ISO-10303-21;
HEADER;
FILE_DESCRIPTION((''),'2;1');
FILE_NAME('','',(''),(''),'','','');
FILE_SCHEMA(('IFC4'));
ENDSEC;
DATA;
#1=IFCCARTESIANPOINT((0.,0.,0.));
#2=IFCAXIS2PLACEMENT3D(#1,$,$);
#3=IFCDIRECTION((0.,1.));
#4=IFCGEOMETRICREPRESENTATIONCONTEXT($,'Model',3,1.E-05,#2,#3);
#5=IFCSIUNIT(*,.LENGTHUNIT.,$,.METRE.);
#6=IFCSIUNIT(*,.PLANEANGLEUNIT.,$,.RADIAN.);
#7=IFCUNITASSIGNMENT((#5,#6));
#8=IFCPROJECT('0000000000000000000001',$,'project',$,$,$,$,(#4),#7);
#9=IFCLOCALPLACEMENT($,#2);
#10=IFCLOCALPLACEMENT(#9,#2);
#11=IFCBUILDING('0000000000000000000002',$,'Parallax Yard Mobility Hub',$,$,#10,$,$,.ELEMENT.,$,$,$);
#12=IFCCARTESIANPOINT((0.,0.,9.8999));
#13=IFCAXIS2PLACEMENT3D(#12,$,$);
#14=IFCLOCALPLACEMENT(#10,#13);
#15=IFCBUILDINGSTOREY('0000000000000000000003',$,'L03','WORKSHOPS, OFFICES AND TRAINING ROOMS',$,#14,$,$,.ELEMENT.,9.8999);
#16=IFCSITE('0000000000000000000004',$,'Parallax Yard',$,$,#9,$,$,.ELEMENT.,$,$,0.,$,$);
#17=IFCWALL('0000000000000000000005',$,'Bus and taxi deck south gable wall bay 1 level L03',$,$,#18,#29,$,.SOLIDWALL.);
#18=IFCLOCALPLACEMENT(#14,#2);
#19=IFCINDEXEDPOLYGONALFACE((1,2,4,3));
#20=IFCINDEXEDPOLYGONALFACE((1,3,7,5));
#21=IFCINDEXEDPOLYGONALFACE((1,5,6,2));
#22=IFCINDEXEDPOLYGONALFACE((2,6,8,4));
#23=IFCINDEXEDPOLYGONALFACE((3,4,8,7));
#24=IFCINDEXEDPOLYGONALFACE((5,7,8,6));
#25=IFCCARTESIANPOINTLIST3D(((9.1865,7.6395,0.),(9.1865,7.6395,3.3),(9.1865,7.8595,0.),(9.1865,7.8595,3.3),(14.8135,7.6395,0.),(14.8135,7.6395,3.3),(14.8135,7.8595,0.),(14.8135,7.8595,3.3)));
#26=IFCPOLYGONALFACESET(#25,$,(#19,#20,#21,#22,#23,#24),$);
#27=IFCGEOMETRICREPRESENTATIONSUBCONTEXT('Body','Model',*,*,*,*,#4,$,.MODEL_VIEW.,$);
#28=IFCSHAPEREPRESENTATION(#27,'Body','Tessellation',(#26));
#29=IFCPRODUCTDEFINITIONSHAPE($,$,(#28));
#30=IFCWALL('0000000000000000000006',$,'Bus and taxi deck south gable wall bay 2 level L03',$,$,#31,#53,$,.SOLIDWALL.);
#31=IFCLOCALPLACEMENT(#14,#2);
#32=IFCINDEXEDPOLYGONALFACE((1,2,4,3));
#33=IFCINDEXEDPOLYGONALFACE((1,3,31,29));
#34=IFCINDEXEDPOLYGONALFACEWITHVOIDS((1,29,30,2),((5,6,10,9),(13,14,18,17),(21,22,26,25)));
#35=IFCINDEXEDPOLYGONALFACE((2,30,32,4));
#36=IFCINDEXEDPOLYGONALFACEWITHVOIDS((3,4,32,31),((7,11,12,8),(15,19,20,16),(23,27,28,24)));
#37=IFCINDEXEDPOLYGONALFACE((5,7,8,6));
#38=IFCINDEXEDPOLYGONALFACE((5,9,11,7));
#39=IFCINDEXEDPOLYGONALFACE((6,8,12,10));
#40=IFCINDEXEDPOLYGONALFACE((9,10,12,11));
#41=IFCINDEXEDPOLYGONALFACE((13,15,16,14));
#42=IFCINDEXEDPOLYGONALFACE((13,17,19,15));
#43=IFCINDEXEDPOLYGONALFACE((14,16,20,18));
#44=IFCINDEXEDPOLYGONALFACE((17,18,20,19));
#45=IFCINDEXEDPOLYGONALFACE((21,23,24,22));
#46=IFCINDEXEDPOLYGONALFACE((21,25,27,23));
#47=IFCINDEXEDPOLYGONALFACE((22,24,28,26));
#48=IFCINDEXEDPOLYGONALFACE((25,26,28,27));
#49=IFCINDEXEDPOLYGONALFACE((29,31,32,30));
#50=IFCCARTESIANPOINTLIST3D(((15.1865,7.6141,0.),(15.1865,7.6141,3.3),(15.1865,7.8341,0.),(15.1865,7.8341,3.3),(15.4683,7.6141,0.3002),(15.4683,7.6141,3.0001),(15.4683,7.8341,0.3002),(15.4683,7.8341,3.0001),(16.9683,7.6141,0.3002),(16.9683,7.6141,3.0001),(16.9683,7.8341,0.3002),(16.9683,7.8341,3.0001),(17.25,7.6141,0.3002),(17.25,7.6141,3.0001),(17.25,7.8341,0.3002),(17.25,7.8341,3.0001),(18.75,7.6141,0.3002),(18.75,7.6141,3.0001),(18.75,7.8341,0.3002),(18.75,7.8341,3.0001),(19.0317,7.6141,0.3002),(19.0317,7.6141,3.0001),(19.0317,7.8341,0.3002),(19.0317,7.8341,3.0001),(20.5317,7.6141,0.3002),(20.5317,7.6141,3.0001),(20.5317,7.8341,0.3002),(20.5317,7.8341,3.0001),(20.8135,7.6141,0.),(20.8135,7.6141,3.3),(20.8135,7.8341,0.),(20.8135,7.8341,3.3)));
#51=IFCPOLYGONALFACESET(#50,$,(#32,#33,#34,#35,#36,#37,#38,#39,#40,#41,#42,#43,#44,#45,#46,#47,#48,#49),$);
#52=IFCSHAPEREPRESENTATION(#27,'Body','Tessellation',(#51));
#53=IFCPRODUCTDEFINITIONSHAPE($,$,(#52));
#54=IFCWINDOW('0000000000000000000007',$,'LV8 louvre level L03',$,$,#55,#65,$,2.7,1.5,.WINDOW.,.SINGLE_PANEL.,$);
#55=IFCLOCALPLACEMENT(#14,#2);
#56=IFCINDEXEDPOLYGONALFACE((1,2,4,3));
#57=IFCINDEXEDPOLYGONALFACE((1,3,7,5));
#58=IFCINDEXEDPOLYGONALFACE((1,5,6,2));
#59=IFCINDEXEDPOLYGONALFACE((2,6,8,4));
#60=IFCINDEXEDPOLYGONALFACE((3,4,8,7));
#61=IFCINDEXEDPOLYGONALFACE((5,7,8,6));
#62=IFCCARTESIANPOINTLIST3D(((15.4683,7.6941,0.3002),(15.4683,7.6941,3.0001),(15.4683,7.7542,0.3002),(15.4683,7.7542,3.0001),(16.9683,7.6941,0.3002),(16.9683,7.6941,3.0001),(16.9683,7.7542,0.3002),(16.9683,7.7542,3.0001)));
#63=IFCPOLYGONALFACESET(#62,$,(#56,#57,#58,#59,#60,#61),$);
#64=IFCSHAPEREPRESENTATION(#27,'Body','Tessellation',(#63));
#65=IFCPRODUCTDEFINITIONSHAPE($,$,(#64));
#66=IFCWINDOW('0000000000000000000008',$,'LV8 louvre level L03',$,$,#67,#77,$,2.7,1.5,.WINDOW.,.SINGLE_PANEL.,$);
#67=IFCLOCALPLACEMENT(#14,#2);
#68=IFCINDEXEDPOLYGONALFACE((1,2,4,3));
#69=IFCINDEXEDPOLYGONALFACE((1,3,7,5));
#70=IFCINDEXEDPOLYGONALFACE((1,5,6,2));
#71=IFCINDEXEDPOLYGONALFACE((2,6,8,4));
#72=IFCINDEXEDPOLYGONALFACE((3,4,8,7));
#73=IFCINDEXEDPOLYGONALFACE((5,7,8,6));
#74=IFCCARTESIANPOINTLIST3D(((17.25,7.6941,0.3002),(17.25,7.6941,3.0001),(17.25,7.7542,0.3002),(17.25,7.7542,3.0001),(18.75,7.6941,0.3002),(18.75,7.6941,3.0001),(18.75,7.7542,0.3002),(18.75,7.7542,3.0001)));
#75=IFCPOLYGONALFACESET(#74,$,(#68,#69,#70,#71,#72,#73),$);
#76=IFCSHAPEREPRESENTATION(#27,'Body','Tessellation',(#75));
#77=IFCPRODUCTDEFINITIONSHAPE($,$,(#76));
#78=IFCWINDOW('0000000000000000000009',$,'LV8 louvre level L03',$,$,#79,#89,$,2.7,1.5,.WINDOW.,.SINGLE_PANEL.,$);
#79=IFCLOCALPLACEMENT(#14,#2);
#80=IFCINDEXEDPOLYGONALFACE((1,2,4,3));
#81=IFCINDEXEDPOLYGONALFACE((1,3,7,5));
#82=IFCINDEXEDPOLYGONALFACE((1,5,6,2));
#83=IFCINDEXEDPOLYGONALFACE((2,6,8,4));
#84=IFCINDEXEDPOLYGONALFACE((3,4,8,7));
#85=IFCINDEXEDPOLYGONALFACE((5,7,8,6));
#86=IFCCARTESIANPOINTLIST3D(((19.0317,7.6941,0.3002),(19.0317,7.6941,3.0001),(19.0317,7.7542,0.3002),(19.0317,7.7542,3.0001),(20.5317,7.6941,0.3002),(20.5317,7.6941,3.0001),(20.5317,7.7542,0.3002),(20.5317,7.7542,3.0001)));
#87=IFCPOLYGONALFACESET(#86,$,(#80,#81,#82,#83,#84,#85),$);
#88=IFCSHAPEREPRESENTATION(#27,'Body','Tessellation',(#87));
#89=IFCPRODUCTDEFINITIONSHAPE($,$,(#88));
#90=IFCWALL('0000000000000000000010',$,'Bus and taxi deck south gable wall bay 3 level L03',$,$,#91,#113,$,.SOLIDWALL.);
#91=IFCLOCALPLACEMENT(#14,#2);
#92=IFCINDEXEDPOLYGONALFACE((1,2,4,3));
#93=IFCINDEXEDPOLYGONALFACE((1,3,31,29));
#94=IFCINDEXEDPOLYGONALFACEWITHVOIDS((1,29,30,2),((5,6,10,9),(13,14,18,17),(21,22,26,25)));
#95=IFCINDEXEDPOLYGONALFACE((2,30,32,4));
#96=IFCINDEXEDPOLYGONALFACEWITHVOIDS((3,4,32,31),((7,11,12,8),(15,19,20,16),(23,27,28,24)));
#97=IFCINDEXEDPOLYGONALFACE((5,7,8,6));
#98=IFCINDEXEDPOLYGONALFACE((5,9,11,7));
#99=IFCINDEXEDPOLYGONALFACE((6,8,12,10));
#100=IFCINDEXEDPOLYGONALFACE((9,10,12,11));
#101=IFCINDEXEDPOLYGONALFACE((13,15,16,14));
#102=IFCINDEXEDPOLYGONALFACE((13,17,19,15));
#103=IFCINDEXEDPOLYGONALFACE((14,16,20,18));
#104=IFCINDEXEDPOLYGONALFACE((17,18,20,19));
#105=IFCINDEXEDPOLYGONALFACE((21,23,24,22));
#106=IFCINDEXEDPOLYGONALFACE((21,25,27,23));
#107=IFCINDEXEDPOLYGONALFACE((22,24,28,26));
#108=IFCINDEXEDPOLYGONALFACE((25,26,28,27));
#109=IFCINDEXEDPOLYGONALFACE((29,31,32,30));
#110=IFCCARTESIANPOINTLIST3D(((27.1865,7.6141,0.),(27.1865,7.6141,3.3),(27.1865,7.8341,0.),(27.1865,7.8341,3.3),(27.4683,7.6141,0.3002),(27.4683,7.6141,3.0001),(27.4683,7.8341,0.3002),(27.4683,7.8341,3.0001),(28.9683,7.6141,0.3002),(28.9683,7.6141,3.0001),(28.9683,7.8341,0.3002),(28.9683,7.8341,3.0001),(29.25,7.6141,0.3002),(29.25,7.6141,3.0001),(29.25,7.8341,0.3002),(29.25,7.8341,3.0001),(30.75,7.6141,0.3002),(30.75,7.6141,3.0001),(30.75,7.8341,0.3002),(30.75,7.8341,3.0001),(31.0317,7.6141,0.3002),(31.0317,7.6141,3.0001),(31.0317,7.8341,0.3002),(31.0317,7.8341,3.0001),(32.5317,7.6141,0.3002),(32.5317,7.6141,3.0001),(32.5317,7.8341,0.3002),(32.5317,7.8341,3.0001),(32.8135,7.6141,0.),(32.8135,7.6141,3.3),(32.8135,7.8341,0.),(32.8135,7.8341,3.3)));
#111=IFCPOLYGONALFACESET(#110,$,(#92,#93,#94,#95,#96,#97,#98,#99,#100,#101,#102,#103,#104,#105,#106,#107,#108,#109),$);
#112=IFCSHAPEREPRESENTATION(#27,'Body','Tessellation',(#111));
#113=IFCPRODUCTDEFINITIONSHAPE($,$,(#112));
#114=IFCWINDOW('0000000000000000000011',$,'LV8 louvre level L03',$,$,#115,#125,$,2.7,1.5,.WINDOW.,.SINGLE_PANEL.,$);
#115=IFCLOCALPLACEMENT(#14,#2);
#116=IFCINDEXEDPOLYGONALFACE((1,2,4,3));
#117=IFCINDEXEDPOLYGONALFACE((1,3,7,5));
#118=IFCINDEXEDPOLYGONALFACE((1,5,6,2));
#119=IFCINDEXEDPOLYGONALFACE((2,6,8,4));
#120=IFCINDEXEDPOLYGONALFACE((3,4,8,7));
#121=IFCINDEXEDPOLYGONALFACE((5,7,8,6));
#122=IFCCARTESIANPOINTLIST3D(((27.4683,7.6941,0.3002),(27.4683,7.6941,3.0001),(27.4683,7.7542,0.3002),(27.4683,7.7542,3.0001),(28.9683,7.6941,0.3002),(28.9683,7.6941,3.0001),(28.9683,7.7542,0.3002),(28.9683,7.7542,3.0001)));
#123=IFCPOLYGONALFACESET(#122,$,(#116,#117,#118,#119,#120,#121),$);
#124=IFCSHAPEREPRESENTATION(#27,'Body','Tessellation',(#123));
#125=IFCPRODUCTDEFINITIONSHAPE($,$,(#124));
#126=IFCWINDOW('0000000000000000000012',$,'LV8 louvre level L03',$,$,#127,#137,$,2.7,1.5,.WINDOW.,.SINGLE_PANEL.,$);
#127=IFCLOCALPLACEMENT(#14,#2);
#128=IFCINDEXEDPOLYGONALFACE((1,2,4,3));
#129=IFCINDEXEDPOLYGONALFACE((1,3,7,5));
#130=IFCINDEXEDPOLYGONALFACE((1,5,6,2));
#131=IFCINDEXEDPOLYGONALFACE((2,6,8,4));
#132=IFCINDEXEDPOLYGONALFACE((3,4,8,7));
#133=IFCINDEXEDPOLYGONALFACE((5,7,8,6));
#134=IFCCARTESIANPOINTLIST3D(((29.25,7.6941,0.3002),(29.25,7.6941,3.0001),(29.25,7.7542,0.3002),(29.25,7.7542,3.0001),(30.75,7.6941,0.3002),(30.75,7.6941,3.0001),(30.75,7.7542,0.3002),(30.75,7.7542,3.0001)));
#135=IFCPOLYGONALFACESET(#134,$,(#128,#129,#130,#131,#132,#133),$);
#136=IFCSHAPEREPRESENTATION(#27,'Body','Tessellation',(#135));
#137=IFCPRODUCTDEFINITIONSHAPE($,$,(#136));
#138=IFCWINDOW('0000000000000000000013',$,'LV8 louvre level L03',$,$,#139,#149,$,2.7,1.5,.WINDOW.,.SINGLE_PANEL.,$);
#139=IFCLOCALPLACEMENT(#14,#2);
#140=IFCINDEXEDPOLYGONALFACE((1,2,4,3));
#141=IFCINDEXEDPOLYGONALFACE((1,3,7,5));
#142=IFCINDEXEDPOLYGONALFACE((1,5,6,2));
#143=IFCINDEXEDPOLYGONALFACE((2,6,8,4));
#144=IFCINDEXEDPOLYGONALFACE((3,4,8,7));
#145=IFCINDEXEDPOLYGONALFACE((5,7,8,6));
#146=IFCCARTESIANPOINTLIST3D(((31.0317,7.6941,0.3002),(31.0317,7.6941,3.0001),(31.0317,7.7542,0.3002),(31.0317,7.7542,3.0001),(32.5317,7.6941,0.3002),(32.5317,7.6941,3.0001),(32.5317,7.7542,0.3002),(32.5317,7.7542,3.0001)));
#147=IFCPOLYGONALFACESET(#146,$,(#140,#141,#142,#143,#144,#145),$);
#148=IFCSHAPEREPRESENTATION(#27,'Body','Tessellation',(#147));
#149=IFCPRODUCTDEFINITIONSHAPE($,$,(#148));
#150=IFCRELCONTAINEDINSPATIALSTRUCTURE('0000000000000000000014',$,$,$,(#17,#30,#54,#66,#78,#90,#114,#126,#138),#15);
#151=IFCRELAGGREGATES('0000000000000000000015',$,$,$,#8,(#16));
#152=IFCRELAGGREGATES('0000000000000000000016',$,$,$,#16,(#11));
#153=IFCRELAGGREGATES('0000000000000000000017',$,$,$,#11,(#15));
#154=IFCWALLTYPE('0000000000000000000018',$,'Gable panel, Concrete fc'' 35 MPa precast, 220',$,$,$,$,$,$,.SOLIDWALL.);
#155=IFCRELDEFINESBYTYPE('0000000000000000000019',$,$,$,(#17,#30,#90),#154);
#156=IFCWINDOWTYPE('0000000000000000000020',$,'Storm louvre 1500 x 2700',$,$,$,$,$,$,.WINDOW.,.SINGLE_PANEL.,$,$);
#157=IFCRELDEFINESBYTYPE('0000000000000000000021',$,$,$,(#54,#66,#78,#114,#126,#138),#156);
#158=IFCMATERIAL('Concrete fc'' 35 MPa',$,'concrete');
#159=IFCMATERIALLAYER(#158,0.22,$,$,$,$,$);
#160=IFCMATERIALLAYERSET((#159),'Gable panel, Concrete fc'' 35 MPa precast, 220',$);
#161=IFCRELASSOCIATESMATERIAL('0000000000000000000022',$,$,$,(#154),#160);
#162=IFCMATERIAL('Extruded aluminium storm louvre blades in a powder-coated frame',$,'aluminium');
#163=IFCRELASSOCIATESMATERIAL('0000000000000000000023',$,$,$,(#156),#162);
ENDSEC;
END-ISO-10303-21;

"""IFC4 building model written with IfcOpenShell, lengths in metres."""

from ifc_helpers import new_model, si_unit, direction, frame, frame_2d, origin, place, context, subcontext, project, spatial, rectangle, extrude, material, layer, layer_set, type_object, element, fill, save


model = new_model("IFC4")

# Units and contexts
model_context = context("Model", 3, precision=1e-05, world=origin(), true_north=direction((0.0, 1.0)))
body_context = subcontext(model_context, "Body", "Model", "MODEL_VIEW")
ifc_project = project(units=[si_unit("LENGTHUNIT", "METRE"), si_unit("PLANEANGLEUNIT", "RADIAN")], contexts=[model_context])

# Site, building, storey
site_placement = place(None, origin())
site = spatial("IfcSite", under=ifc_project, at=site_placement, Name="Parallax Yard", CompositionType="ELEMENT", RefElevation=0.0)
building_placement = place(site_placement, origin())
building = spatial("IfcBuilding", under=site, at=building_placement, Name="Parallax Yard Mobility Hub", CompositionType="ELEMENT")
storey_placement = place(building_placement, frame((0.0, 0.0, 9.8999)))
storey = spatial("IfcBuildingStorey", under=building, at=storey_placement, Name="L03", Description="WORKSHOPS, OFFICES AND TRAINING ROOMS", CompositionType="ELEMENT", Elevation=9.8999)

# Wall
ifc_material_1 = material(Name="Concrete fc' 35 MPa", Category="concrete")
ifc_layer = layer(ifc_material_1, 0.22)
ifc_layer_set = layer_set([ifc_layer], Name="Gable panel, Concrete fc' 35 MPa precast, 220")
wall_type = type_object("IfcWallType", Name="Gable panel, Concrete fc' 35 MPa precast, 220", PredefinedType="SOLIDWALL", material=ifc_layer_set)
wall_1_placement = place(storey_placement, frame((9.1865, 7.7495, 0.0), z_axis=(0.0, 0.0, 1.0), x_axis=(1.0, 0.0, 0.0)))
element("IfcWall", 1, at=wall_1_placement, inside=storey, type_object=wall_type, Name="Bus and taxi deck south gable wall bay 1 level L03", PredefinedType="SOLIDWALL", context=body_context, shape_type="SweptSolid", body=[
    extrude(rectangle(XDim=5.627, YDim=0.22, at=frame_2d((2.8135, 0.0))), origin(), (0.0, 0.0, 1.0), 3.3),
])

# Walls, openings, windows
wall_2_placement = place(storey_placement, frame((15.1865, 7.7241, 0.0), z_axis=(0.0, 0.0, 1.0), x_axis=(1.0, 0.0, 0.0)))
wall_2 = element("IfcWall", 2, at=wall_2_placement, inside=storey, type_object=wall_type, Name="Bus and taxi deck south gable wall bay 2 level L03", PredefinedType="SOLIDWALL", context=body_context, shape_type="SweptSolid", body=[
    extrude(rectangle(XDim=5.627, YDim=0.22, at=frame_2d((2.8135, 0.0))), origin(), (0.0, 0.0, 1.0), 3.3),
])
opening_1_placement = place(wall_2_placement, frame((0.2817, 0.0, 0.3)))
opening_1 = element("IfcOpeningElement", 3, at=opening_1_placement, cuts=wall_2, PredefinedType="OPENING", context=body_context, shape_type="SweptSolid", body=[
    extrude(rectangle(XDim=1.5, YDim=2.7, at=frame_2d((0.75, 1.3501))), frame((0.0, 0.1201, 0.0), z_axis=(0.0, -1.0, 0.0), x_axis=(1.0, 0.0, 0.0)), (0.0, 0.0, 1.0), 0.24),
])
opening_2_placement = place(wall_2_placement, frame((2.0635, 0.0, 0.3)))
opening_2 = element("IfcOpeningElement", 4, at=opening_2_placement, cuts=wall_2, PredefinedType="OPENING", context=body_context, shape_type="SweptSolid", body=[
    extrude(rectangle(XDim=1.5, YDim=2.7, at=frame_2d((0.75, 1.3501))), frame((0.0, 0.1201, 0.0), z_axis=(0.0, -1.0, 0.0), x_axis=(1.0, 0.0, 0.0)), (0.0, 0.0, 1.0), 0.24),
])
opening_3_placement = place(wall_2_placement, frame((3.8452, 0.0, 0.3)))
opening_3 = element("IfcOpeningElement", 5, at=opening_3_placement, cuts=wall_2, PredefinedType="OPENING", context=body_context, shape_type="SweptSolid", body=[
    extrude(rectangle(XDim=1.5, YDim=2.7, at=frame_2d((0.75, 1.3501))), frame((0.0, 0.1201, 0.0), z_axis=(0.0, -1.0, 0.0), x_axis=(1.0, 0.0, 0.0)), (0.0, 0.0, 1.0), 0.24),
])
ifc_material_2 = material(Name="Extruded aluminium storm louvre blades in a powder-coated frame", Category="aluminium")
window_type = type_object("IfcWindowType", Name="Storm louvre 1500 x 2700", PartitioningType="SINGLE_PANEL", PredefinedType="WINDOW", material=ifc_material_2)
window_1_placement = place(opening_1_placement, origin())
window_1 = element("IfcWindow", 6, at=window_1_placement, inside=storey, type_object=window_type, Name="LV8 louvre level L03", OverallHeight=2.7, OverallWidth=1.5, PartitioningType="SINGLE_PANEL", PredefinedType="WINDOW", context=body_context, shape_type="SweptSolid", body=[
    extrude(rectangle(XDim=1.5, YDim=2.7, at=frame_2d((0.75, 1.3501))), frame((0.0, 0.03, 0.0), z_axis=(0.0, -1.0, 0.0), x_axis=(1.0, 0.0, 0.0)), (0.0, 0.0, 1.0), 0.0601),
])
fill(opening_1, window_1)
window_2_placement = place(opening_2_placement, origin())
window_2 = element("IfcWindow", 7, at=window_2_placement, inside=storey, type_object=window_type, Name="LV8 louvre level L03", OverallHeight=2.7, OverallWidth=1.5, PartitioningType="SINGLE_PANEL", PredefinedType="WINDOW", context=body_context, shape_type="SweptSolid", body=[
    extrude(rectangle(XDim=1.5, YDim=2.7, at=frame_2d((0.75, 1.3501))), frame((0.0, 0.03, 0.0), z_axis=(0.0, -1.0, 0.0), x_axis=(1.0, 0.0, 0.0)), (0.0, 0.0, 1.0), 0.0601),
])
fill(opening_2, window_2)
window_3_placement = place(opening_3_placement, origin())
window_3 = element("IfcWindow", 8, at=window_3_placement, inside=storey, type_object=window_type, Name="LV8 louvre level L03", OverallHeight=2.7, OverallWidth=1.5, PartitioningType="SINGLE_PANEL", PredefinedType="WINDOW", context=body_context, shape_type="SweptSolid", body=[
    extrude(rectangle(XDim=1.5, YDim=2.7, at=frame_2d((0.75, 1.3501))), frame((0.0, 0.03, 0.0), z_axis=(0.0, -1.0, 0.0), x_axis=(1.0, 0.0, 0.0)), (0.0, 0.0, 1.0), 0.0601),
])
fill(opening_3, window_3)
wall_3_placement = place(storey_placement, frame((27.1865, 7.7241, 0.0), z_axis=(0.0, 0.0, 1.0), x_axis=(1.0, 0.0, 0.0)))
wall_3 = element("IfcWall", 9, at=wall_3_placement, inside=storey, type_object=wall_type, Name="Bus and taxi deck south gable wall bay 3 level L03", PredefinedType="SOLIDWALL", context=body_context, shape_type="SweptSolid", body=[
    extrude(rectangle(XDim=5.627, YDim=0.22, at=frame_2d((2.8135, 0.0))), origin(), (0.0, 0.0, 1.0), 3.3),
])
opening_4_placement = place(wall_3_placement, frame((0.2817, 0.0, 0.3)))
opening_4 = element("IfcOpeningElement", 10, at=opening_4_placement, cuts=wall_3, PredefinedType="OPENING", context=body_context, shape_type="SweptSolid", body=[
    extrude(rectangle(XDim=1.5, YDim=2.7, at=frame_2d((0.75, 1.3501))), frame((0.0, 0.1201, 0.0), z_axis=(0.0, -1.0, 0.0), x_axis=(1.0, 0.0, 0.0)), (0.0, 0.0, 1.0), 0.24),
])
opening_5_placement = place(wall_3_placement, frame((2.0635, 0.0, 0.3)))
opening_5 = element("IfcOpeningElement", 11, at=opening_5_placement, cuts=wall_3, PredefinedType="OPENING", context=body_context, shape_type="SweptSolid", body=[
    extrude(rectangle(XDim=1.5, YDim=2.7, at=frame_2d((0.75, 1.3501))), frame((0.0, 0.1201, 0.0), z_axis=(0.0, -1.0, 0.0), x_axis=(1.0, 0.0, 0.0)), (0.0, 0.0, 1.0), 0.24),
])
opening_6_placement = place(wall_3_placement, frame((3.8452, 0.0, 0.3)))
opening_6 = element("IfcOpeningElement", 12, at=opening_6_placement, cuts=wall_3, PredefinedType="OPENING", context=body_context, shape_type="SweptSolid", body=[
    extrude(rectangle(XDim=1.5, YDim=2.7, at=frame_2d((0.75, 1.3501))), frame((0.0, 0.1201, 0.0), z_axis=(0.0, -1.0, 0.0), x_axis=(1.0, 0.0, 0.0)), (0.0, 0.0, 1.0), 0.24),
])
window_4_placement = place(opening_4_placement, origin())
window_4 = element("IfcWindow", 13, at=window_4_placement, inside=storey, type_object=window_type, Name="LV8 louvre level L03", OverallHeight=2.7, OverallWidth=1.5, PartitioningType="SINGLE_PANEL", PredefinedType="WINDOW", context=body_context, shape_type="SweptSolid", body=[
    extrude(rectangle(XDim=1.5, YDim=2.7, at=frame_2d((0.75, 1.3501))), frame((0.0, 0.03, 0.0), z_axis=(0.0, -1.0, 0.0), x_axis=(1.0, 0.0, 0.0)), (0.0, 0.0, 1.0), 0.0601),
])
fill(opening_4, window_4)
window_5_placement = place(opening_5_placement, origin())
window_5 = element("IfcWindow", 14, at=window_5_placement, inside=storey, type_object=window_type, Name="LV8 louvre level L03", OverallHeight=2.7, OverallWidth=1.5, PartitioningType="SINGLE_PANEL", PredefinedType="WINDOW", context=body_context, shape_type="SweptSolid", body=[
    extrude(rectangle(XDim=1.5, YDim=2.7, at=frame_2d((0.75, 1.3501))), frame((0.0, 0.03, 0.0), z_axis=(0.0, -1.0, 0.0), x_axis=(1.0, 0.0, 0.0)), (0.0, 0.0, 1.0), 0.0601),
])
fill(opening_5, window_5)
window_6_placement = place(opening_6_placement, origin())
window_6 = element("IfcWindow", 15, at=window_6_placement, inside=storey, type_object=window_type, Name="LV8 louvre level L03", OverallHeight=2.7, OverallWidth=1.5, PartitioningType="SINGLE_PANEL", PredefinedType="WINDOW", context=body_context, shape_type="SweptSolid", body=[
    extrude(rectangle(XDim=1.5, YDim=2.7, at=frame_2d((0.75, 1.3501))), frame((0.0, 0.03, 0.0), z_axis=(0.0, -1.0, 0.0), x_axis=(1.0, 0.0, 0.0)), (0.0, 0.0, 1.0), 0.0601),
])
fill(opening_6, window_6)

save(model, "model.ifc")
